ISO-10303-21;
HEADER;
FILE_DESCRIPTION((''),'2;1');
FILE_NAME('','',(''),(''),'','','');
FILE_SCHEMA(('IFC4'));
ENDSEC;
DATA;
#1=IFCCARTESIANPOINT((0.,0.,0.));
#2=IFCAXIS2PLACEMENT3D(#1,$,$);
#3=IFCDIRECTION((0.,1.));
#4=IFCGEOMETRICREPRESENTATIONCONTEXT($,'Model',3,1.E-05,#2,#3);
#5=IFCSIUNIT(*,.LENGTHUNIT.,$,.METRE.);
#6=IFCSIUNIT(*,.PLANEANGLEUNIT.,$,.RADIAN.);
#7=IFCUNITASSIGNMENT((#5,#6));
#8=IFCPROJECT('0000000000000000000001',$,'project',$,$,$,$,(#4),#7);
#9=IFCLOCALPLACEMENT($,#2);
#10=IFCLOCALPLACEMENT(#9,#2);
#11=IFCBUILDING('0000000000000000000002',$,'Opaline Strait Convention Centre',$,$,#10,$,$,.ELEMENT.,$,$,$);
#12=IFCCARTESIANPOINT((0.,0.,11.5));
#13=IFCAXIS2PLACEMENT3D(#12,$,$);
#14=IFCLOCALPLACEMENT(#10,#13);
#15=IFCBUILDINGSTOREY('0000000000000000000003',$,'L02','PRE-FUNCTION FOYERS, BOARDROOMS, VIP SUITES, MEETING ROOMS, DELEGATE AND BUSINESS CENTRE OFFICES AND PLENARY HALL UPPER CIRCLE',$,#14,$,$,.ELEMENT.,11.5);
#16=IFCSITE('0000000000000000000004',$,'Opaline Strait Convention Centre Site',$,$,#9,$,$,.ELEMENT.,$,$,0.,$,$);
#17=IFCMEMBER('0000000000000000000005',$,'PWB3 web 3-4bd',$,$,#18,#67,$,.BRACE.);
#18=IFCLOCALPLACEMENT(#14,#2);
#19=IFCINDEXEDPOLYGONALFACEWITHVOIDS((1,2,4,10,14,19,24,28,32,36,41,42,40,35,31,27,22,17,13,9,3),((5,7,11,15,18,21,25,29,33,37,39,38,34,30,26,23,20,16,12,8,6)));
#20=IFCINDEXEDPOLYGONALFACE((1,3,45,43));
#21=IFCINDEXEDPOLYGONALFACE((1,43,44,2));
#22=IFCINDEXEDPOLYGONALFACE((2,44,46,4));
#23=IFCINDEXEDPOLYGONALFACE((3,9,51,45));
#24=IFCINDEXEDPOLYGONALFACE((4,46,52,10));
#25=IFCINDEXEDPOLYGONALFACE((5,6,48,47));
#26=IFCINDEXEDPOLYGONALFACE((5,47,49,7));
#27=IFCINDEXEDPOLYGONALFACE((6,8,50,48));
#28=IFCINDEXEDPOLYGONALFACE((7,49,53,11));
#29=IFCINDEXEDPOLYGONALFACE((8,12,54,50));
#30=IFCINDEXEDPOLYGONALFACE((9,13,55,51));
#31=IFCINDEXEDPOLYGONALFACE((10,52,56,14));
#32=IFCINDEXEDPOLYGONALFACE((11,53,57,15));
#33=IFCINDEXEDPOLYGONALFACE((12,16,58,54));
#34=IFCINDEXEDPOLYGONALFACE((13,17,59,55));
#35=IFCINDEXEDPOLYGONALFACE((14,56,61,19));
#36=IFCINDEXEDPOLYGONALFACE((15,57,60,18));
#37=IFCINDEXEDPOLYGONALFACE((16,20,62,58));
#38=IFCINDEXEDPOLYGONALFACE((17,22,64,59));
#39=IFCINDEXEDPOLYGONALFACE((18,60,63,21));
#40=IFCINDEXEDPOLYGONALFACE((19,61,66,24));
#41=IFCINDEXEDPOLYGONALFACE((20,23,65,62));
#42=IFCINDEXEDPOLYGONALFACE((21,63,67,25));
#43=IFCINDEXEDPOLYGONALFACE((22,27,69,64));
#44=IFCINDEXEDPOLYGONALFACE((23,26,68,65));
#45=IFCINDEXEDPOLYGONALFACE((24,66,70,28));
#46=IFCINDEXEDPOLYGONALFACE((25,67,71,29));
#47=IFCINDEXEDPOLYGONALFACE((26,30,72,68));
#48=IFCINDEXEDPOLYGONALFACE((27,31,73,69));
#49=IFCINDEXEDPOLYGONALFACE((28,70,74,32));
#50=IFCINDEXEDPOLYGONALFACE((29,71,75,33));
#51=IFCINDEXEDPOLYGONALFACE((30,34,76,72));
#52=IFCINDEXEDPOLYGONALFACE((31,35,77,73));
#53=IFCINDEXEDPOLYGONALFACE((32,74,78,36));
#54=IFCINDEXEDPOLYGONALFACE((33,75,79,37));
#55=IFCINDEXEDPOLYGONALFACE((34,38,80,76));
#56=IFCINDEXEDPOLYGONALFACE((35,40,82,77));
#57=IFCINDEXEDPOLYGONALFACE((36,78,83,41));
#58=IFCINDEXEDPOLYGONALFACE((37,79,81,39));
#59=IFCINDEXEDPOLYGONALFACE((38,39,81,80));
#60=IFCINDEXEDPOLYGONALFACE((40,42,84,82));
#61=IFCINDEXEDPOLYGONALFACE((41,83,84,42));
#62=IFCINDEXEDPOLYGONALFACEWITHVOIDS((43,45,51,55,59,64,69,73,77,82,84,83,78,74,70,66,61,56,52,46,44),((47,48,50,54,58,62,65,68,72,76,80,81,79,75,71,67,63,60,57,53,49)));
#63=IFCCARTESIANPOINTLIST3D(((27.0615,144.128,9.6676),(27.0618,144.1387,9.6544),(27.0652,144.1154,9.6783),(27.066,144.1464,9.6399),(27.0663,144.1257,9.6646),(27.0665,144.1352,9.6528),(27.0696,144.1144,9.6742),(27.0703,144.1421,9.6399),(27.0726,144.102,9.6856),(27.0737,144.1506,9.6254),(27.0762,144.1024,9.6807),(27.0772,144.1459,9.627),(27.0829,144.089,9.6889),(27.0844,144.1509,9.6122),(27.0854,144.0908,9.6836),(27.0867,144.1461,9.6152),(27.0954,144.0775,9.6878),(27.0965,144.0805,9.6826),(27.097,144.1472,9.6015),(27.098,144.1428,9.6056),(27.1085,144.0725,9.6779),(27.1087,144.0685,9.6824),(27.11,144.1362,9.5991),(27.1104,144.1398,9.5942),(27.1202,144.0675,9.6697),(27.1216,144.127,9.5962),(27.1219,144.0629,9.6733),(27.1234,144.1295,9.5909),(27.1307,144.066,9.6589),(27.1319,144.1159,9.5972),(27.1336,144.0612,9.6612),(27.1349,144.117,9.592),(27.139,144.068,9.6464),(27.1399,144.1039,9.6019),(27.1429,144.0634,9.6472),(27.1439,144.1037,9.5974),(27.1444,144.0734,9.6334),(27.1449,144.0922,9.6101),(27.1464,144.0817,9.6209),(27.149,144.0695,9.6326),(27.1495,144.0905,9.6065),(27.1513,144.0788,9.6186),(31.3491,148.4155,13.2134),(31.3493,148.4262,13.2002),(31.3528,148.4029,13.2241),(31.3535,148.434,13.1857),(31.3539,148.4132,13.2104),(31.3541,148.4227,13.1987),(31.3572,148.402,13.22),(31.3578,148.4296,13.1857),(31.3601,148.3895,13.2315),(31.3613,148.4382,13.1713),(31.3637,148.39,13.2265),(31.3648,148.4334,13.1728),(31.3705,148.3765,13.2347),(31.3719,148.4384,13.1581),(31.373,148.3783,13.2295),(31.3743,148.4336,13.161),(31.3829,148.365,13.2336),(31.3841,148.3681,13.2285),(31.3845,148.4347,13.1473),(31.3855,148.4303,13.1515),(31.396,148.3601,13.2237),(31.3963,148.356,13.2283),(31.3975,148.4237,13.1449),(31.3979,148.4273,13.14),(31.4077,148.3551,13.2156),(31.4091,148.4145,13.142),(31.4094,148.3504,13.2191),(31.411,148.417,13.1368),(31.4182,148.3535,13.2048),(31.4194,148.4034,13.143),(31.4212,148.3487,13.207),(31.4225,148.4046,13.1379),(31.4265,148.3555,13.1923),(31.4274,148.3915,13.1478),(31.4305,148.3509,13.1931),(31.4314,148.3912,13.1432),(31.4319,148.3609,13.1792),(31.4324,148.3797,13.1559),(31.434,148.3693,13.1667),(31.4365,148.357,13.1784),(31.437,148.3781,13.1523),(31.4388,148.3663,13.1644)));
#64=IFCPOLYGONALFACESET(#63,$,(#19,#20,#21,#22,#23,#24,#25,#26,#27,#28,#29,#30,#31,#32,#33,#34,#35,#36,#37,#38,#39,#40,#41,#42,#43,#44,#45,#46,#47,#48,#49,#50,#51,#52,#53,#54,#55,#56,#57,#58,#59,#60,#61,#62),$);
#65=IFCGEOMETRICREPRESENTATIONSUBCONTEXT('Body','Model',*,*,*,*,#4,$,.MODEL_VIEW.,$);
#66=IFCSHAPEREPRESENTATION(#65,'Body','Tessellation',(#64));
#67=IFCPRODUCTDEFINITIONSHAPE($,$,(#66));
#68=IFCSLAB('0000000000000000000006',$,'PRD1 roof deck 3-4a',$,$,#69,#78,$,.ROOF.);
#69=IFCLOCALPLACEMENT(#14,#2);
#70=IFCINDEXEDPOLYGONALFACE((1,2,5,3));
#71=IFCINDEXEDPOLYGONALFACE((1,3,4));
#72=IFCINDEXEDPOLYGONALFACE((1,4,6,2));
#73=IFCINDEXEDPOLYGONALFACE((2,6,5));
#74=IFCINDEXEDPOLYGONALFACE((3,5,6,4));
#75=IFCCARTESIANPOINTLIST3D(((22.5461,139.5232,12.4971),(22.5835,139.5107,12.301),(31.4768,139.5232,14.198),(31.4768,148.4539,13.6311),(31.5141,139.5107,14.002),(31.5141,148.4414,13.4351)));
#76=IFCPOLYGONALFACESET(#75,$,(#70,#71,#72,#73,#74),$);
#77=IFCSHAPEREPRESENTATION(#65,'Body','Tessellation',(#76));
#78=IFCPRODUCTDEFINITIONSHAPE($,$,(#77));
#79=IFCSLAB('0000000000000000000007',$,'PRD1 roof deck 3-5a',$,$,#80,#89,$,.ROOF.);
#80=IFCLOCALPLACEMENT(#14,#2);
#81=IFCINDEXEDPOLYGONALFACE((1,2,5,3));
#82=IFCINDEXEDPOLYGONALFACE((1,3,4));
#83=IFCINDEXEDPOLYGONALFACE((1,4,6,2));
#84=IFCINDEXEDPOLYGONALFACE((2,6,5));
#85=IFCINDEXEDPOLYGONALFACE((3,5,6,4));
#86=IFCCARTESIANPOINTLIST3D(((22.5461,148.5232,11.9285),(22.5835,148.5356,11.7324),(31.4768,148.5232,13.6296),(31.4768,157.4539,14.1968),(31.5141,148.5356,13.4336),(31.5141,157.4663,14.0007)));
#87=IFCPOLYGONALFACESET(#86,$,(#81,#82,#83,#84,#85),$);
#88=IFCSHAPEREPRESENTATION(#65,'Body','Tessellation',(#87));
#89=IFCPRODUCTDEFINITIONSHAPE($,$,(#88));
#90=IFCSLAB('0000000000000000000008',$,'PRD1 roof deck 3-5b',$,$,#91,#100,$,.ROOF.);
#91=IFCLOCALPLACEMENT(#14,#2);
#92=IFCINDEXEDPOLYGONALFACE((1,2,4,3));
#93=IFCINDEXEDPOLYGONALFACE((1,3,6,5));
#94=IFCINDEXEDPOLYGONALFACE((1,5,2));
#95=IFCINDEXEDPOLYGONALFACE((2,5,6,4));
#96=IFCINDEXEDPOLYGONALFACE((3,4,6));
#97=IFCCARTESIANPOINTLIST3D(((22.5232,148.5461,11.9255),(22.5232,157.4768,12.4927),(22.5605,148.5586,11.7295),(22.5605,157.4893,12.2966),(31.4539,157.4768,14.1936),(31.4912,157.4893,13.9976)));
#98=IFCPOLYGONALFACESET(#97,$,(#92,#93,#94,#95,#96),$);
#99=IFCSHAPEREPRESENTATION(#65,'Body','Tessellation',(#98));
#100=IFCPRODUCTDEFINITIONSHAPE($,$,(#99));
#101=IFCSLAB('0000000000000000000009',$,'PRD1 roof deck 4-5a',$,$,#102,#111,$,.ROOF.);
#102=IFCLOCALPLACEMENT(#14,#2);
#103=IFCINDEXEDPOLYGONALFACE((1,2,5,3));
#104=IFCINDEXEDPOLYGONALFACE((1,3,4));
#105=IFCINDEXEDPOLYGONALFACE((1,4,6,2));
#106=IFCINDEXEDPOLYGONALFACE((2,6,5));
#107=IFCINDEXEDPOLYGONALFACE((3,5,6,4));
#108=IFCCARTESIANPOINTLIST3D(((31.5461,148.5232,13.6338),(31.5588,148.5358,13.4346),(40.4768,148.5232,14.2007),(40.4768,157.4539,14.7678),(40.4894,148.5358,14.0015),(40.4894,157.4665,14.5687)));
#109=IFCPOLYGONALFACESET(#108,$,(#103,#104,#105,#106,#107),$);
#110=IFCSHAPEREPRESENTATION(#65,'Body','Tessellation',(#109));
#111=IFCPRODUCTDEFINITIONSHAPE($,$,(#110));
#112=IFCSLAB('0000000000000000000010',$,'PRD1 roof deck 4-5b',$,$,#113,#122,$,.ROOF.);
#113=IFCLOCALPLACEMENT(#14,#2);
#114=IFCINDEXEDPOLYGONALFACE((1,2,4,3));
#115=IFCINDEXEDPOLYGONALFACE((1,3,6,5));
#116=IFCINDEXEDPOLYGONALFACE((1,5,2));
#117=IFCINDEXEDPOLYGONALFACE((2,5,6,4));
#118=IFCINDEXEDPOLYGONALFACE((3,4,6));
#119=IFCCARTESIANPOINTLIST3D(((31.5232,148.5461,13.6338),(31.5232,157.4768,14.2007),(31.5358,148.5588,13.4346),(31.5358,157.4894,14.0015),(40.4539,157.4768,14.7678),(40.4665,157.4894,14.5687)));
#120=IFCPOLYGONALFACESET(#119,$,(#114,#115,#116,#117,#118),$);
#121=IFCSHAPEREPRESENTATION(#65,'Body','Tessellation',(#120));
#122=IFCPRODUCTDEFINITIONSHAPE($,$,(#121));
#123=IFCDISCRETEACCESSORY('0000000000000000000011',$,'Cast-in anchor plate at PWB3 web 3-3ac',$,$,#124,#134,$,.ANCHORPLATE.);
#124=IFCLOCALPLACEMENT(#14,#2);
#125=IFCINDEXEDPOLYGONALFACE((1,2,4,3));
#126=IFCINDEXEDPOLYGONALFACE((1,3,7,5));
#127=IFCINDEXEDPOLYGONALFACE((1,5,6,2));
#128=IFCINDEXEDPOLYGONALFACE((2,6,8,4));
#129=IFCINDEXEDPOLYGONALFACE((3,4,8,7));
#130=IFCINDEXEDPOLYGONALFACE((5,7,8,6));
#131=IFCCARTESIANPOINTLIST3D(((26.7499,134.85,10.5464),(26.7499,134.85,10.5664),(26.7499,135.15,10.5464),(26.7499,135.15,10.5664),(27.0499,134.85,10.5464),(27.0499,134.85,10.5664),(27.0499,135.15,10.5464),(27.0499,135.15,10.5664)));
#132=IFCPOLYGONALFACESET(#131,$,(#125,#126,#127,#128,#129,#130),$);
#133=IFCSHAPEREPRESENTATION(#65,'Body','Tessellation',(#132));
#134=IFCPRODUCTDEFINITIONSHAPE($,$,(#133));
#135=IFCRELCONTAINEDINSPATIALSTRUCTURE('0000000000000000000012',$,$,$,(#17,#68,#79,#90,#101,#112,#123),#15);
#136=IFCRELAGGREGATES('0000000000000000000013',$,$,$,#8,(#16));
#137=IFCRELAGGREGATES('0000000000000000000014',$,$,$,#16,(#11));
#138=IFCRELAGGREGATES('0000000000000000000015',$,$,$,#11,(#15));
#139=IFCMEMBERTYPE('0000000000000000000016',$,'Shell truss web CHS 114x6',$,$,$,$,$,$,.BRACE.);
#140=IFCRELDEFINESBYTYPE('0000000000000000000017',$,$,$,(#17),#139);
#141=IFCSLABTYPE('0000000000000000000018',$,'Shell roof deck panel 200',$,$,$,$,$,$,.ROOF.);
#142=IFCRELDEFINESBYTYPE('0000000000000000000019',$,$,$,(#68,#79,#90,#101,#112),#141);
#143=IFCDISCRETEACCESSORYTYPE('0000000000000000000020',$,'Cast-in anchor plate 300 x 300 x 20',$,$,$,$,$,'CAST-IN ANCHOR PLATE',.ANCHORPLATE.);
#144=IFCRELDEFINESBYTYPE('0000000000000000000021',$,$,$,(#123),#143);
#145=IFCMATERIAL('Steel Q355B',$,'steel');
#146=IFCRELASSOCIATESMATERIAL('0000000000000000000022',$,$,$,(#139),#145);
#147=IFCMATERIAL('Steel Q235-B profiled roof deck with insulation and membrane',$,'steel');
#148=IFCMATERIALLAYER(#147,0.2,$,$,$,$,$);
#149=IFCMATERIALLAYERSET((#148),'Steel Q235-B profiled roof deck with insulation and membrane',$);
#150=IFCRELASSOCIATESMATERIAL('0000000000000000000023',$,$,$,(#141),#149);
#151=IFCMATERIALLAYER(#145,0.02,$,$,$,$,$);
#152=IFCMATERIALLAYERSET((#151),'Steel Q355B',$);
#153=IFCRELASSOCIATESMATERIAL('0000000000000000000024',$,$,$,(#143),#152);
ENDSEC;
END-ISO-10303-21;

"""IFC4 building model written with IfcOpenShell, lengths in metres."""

from ifc_helpers import new_model, si_unit, direction, frame, origin, origin_2d, place, context, subcontext, project, spatial, polyline, rectangle, hollow_circle, outline, extrude, material, layer, layer_set, material_profile, profile_set, type_object, element, save


model = new_model("IFC4")

# Units and contexts
model_context = context("Model", 3, precision=1e-05, world=origin(), true_north=direction((0.0, 1.0)))
body_context = subcontext(model_context, "Body", "Model", "MODEL_VIEW")
ifc_project = project(units=[si_unit("LENGTHUNIT", "METRE"), si_unit("PLANEANGLEUNIT", "RADIAN")], contexts=[model_context])

# Site, building, storey
site_placement = place(None, origin())
site = spatial("IfcSite", under=ifc_project, at=site_placement, Name="Opaline Strait Convention Centre Site", CompositionType="ELEMENT", RefElevation=0.0)
building_placement = place(site_placement, origin())
building = spatial("IfcBuilding", under=site, at=building_placement, Name="Opaline Strait Convention Centre", CompositionType="ELEMENT")
storey_placement = place(building_placement, frame((0.0, 0.0, 11.5)))
storey = spatial("IfcBuildingStorey", under=building, at=storey_placement, Name="L02", Description="PRE-FUNCTION FOYERS, BOARDROOMS, VIP SUITES, MEETING ROOMS, DELEGATE AND BUSINESS CENTRE OFFICES AND PLENARY HALL UPPER CIRCLE", CompositionType="ELEMENT", Elevation=11.5)

# Member
ifc_material_1 = material(Name="Steel Q355B", Category="steel")
ifc_material_profile_1 = material_profile(ifc_material_1, hollow_circle(Radius=0.0569, WallThickness=0.0061, at=origin_2d()), Name="CHS 114x6")
ifc_profile_set_1 = profile_set([ifc_material_profile_1], Name="Steel Q355B")
member_type_1 = type_object("IfcMemberType", Name="Shell truss web CHS 114x6", PredefinedType="BRACE", material=ifc_profile_set_1)
member_1_placement = place(storey_placement, frame((27.1062, 144.1062, 9.6399), z_axis=(0.610398, 0.610398, 0.504807), x_axis=(-0.707107, 0.707107, 0.0)))
element("IfcMember", 1, at=member_1_placement, inside=storey, type_object=member_type_1, Name="PWB3 web 3-4bd", PredefinedType="BRACE", context=body_context, shape_type="SweptSolid", body=[
    extrude(hollow_circle(Radius=0.0569, WallThickness=0.0061, at=origin_2d()), origin(), (0.0, 0.0, 1.0), 7.0242),
])

# Slabs
ifc_material_2 = material(Name="Steel Q235-B profiled roof deck with insulation and membrane", Category="steel")
ifc_layer_1 = layer(ifc_material_2, 0.2)
ifc_layer_set_1 = layer_set([ifc_layer_1], Name="Steel Q235-B profiled roof deck with insulation and membrane")
slab_type = type_object("IfcSlabType", Name="Shell roof deck panel 200", PredefinedType="ROOF", material=ifc_layer_set_1)
slab_1_placement = place(storey_placement, frame((22.5461, 139.5232, 12.4971), z_axis=(-0.186733, 0.062236, 0.980437), x_axis=(0.982342, 0.0, 0.187096)))
element("IfcSlab", 2, at=slab_1_placement, inside=storey, type_object=slab_type, Name="PRD1 roof deck 3-4a", PredefinedType="ROOF", context=body_context, shape_type="SweptSolid", body=[
    extrude(outline(polyline([(0.0, 0.0), (9.0912, 0.0), (8.9851, 8.948), (0.0, 0.0)])), origin(), (0.0, 0.0, -1.0), 0.2),
])
slab_2_placement = place(storey_placement, frame((22.5461, 148.5232, 11.9285), z_axis=(-0.186759, -0.062262, 0.980431), x_axis=(0.982337, 0.0, 0.187122)))
element("IfcSlab", 3, at=slab_2_placement, inside=storey, type_object=slab_type, Name="PRD1 roof deck 3-5a", PredefinedType="ROOF", context=body_context, shape_type="SweptSolid", body=[
    extrude(outline(polyline([(0.0, 0.0), (9.0912, 0.0), (9.1974, 8.948), (0.0, 0.0)])), origin(), (0.0, 0.0, -1.0), 0.2),
])
slab_3_placement = place(storey_placement, frame((22.5232, 148.5461, 11.9255), z_axis=(-0.186733, -0.062262, 0.980436), x_axis=(0.695974, 0.695974, 0.176752)))
element("IfcSlab", 4, at=slab_3_placement, inside=storey, type_object=slab_type, Name="PRD1 roof deck 3-5b", PredefinedType="ROOF", context=body_context, shape_type="SweptSolid", body=[
    extrude(outline(polyline([(0.0, 0.0), (12.8319, 0.0), (6.3157, 6.3395), (0.0, 0.0)])), origin(), (0.0, 0.0, -1.0), 0.2),
])
slab_4_placement = place(storey_placement, frame((31.5461, 148.5232, 13.6338), z_axis=(-0.063223, -0.06325, 0.995993), x_axis=(0.997991, 0.0, 0.06335)))
element("IfcSlab", 5, at=slab_4_placement, inside=storey, type_object=slab_type, Name="PRD1 roof deck 4-5a", PredefinedType="ROOF", context=body_context, shape_type="SweptSolid", body=[
    extrude(outline(polyline([(0.0, 0.0), (8.9486, 0.0), (8.9846, 8.9486), (0.0, 0.0)])), origin(), (0.0, 0.0, -1.0), 0.2),
])
slab_5_placement = place(storey_placement, frame((31.5232, 148.5461, 13.6338), z_axis=(-0.06325, -0.063223, 0.995993), x_axis=(0.704273, 0.704273, 0.08943)))
element("IfcSlab", 6, at=slab_5_placement, inside=storey, type_object=slab_type, Name="PRD1 roof deck 4-5b", PredefinedType="ROOF", context=body_context, shape_type="SweptSolid", body=[
    extrude(outline(polyline([(0.0, 0.0), (12.6807, 0.0), (6.3403, 6.3149), (0.0, 0.0)])), origin(), (0.0, 0.0, -1.0), 0.2),
])

# Discrete accessory
ifc_layer_2 = layer(ifc_material_1, 0.02)
ifc_layer_set_2 = layer_set([ifc_layer_2], Name="Steel Q355B")
discrete_accessory_type = type_object("IfcDiscreteAccessoryType", Name="Cast-in anchor plate 300 x 300 x 20", ElementType="CAST-IN ANCHOR PLATE", PredefinedType="ANCHORPLATE", material=ifc_layer_set_2)
discrete_accessory_placement = place(storey_placement, frame((26.8999, 135.0, 10.5464), z_axis=(0.0, 0.0, 1.0), x_axis=(1.0, 0.0, 0.0)))
element("IfcDiscreteAccessory", 7, at=discrete_accessory_placement, inside=storey, type_object=discrete_accessory_type, Name="Cast-in anchor plate at PWB3 web 3-3ac", PredefinedType="ANCHORPLATE", context=body_context, shape_type="SweptSolid", body=[
    extrude(rectangle(XDim=0.3, YDim=0.3, at=origin_2d()), origin(), (0.0, 0.0, 1.0), 0.02),
])

save(model, "model.ifc")
